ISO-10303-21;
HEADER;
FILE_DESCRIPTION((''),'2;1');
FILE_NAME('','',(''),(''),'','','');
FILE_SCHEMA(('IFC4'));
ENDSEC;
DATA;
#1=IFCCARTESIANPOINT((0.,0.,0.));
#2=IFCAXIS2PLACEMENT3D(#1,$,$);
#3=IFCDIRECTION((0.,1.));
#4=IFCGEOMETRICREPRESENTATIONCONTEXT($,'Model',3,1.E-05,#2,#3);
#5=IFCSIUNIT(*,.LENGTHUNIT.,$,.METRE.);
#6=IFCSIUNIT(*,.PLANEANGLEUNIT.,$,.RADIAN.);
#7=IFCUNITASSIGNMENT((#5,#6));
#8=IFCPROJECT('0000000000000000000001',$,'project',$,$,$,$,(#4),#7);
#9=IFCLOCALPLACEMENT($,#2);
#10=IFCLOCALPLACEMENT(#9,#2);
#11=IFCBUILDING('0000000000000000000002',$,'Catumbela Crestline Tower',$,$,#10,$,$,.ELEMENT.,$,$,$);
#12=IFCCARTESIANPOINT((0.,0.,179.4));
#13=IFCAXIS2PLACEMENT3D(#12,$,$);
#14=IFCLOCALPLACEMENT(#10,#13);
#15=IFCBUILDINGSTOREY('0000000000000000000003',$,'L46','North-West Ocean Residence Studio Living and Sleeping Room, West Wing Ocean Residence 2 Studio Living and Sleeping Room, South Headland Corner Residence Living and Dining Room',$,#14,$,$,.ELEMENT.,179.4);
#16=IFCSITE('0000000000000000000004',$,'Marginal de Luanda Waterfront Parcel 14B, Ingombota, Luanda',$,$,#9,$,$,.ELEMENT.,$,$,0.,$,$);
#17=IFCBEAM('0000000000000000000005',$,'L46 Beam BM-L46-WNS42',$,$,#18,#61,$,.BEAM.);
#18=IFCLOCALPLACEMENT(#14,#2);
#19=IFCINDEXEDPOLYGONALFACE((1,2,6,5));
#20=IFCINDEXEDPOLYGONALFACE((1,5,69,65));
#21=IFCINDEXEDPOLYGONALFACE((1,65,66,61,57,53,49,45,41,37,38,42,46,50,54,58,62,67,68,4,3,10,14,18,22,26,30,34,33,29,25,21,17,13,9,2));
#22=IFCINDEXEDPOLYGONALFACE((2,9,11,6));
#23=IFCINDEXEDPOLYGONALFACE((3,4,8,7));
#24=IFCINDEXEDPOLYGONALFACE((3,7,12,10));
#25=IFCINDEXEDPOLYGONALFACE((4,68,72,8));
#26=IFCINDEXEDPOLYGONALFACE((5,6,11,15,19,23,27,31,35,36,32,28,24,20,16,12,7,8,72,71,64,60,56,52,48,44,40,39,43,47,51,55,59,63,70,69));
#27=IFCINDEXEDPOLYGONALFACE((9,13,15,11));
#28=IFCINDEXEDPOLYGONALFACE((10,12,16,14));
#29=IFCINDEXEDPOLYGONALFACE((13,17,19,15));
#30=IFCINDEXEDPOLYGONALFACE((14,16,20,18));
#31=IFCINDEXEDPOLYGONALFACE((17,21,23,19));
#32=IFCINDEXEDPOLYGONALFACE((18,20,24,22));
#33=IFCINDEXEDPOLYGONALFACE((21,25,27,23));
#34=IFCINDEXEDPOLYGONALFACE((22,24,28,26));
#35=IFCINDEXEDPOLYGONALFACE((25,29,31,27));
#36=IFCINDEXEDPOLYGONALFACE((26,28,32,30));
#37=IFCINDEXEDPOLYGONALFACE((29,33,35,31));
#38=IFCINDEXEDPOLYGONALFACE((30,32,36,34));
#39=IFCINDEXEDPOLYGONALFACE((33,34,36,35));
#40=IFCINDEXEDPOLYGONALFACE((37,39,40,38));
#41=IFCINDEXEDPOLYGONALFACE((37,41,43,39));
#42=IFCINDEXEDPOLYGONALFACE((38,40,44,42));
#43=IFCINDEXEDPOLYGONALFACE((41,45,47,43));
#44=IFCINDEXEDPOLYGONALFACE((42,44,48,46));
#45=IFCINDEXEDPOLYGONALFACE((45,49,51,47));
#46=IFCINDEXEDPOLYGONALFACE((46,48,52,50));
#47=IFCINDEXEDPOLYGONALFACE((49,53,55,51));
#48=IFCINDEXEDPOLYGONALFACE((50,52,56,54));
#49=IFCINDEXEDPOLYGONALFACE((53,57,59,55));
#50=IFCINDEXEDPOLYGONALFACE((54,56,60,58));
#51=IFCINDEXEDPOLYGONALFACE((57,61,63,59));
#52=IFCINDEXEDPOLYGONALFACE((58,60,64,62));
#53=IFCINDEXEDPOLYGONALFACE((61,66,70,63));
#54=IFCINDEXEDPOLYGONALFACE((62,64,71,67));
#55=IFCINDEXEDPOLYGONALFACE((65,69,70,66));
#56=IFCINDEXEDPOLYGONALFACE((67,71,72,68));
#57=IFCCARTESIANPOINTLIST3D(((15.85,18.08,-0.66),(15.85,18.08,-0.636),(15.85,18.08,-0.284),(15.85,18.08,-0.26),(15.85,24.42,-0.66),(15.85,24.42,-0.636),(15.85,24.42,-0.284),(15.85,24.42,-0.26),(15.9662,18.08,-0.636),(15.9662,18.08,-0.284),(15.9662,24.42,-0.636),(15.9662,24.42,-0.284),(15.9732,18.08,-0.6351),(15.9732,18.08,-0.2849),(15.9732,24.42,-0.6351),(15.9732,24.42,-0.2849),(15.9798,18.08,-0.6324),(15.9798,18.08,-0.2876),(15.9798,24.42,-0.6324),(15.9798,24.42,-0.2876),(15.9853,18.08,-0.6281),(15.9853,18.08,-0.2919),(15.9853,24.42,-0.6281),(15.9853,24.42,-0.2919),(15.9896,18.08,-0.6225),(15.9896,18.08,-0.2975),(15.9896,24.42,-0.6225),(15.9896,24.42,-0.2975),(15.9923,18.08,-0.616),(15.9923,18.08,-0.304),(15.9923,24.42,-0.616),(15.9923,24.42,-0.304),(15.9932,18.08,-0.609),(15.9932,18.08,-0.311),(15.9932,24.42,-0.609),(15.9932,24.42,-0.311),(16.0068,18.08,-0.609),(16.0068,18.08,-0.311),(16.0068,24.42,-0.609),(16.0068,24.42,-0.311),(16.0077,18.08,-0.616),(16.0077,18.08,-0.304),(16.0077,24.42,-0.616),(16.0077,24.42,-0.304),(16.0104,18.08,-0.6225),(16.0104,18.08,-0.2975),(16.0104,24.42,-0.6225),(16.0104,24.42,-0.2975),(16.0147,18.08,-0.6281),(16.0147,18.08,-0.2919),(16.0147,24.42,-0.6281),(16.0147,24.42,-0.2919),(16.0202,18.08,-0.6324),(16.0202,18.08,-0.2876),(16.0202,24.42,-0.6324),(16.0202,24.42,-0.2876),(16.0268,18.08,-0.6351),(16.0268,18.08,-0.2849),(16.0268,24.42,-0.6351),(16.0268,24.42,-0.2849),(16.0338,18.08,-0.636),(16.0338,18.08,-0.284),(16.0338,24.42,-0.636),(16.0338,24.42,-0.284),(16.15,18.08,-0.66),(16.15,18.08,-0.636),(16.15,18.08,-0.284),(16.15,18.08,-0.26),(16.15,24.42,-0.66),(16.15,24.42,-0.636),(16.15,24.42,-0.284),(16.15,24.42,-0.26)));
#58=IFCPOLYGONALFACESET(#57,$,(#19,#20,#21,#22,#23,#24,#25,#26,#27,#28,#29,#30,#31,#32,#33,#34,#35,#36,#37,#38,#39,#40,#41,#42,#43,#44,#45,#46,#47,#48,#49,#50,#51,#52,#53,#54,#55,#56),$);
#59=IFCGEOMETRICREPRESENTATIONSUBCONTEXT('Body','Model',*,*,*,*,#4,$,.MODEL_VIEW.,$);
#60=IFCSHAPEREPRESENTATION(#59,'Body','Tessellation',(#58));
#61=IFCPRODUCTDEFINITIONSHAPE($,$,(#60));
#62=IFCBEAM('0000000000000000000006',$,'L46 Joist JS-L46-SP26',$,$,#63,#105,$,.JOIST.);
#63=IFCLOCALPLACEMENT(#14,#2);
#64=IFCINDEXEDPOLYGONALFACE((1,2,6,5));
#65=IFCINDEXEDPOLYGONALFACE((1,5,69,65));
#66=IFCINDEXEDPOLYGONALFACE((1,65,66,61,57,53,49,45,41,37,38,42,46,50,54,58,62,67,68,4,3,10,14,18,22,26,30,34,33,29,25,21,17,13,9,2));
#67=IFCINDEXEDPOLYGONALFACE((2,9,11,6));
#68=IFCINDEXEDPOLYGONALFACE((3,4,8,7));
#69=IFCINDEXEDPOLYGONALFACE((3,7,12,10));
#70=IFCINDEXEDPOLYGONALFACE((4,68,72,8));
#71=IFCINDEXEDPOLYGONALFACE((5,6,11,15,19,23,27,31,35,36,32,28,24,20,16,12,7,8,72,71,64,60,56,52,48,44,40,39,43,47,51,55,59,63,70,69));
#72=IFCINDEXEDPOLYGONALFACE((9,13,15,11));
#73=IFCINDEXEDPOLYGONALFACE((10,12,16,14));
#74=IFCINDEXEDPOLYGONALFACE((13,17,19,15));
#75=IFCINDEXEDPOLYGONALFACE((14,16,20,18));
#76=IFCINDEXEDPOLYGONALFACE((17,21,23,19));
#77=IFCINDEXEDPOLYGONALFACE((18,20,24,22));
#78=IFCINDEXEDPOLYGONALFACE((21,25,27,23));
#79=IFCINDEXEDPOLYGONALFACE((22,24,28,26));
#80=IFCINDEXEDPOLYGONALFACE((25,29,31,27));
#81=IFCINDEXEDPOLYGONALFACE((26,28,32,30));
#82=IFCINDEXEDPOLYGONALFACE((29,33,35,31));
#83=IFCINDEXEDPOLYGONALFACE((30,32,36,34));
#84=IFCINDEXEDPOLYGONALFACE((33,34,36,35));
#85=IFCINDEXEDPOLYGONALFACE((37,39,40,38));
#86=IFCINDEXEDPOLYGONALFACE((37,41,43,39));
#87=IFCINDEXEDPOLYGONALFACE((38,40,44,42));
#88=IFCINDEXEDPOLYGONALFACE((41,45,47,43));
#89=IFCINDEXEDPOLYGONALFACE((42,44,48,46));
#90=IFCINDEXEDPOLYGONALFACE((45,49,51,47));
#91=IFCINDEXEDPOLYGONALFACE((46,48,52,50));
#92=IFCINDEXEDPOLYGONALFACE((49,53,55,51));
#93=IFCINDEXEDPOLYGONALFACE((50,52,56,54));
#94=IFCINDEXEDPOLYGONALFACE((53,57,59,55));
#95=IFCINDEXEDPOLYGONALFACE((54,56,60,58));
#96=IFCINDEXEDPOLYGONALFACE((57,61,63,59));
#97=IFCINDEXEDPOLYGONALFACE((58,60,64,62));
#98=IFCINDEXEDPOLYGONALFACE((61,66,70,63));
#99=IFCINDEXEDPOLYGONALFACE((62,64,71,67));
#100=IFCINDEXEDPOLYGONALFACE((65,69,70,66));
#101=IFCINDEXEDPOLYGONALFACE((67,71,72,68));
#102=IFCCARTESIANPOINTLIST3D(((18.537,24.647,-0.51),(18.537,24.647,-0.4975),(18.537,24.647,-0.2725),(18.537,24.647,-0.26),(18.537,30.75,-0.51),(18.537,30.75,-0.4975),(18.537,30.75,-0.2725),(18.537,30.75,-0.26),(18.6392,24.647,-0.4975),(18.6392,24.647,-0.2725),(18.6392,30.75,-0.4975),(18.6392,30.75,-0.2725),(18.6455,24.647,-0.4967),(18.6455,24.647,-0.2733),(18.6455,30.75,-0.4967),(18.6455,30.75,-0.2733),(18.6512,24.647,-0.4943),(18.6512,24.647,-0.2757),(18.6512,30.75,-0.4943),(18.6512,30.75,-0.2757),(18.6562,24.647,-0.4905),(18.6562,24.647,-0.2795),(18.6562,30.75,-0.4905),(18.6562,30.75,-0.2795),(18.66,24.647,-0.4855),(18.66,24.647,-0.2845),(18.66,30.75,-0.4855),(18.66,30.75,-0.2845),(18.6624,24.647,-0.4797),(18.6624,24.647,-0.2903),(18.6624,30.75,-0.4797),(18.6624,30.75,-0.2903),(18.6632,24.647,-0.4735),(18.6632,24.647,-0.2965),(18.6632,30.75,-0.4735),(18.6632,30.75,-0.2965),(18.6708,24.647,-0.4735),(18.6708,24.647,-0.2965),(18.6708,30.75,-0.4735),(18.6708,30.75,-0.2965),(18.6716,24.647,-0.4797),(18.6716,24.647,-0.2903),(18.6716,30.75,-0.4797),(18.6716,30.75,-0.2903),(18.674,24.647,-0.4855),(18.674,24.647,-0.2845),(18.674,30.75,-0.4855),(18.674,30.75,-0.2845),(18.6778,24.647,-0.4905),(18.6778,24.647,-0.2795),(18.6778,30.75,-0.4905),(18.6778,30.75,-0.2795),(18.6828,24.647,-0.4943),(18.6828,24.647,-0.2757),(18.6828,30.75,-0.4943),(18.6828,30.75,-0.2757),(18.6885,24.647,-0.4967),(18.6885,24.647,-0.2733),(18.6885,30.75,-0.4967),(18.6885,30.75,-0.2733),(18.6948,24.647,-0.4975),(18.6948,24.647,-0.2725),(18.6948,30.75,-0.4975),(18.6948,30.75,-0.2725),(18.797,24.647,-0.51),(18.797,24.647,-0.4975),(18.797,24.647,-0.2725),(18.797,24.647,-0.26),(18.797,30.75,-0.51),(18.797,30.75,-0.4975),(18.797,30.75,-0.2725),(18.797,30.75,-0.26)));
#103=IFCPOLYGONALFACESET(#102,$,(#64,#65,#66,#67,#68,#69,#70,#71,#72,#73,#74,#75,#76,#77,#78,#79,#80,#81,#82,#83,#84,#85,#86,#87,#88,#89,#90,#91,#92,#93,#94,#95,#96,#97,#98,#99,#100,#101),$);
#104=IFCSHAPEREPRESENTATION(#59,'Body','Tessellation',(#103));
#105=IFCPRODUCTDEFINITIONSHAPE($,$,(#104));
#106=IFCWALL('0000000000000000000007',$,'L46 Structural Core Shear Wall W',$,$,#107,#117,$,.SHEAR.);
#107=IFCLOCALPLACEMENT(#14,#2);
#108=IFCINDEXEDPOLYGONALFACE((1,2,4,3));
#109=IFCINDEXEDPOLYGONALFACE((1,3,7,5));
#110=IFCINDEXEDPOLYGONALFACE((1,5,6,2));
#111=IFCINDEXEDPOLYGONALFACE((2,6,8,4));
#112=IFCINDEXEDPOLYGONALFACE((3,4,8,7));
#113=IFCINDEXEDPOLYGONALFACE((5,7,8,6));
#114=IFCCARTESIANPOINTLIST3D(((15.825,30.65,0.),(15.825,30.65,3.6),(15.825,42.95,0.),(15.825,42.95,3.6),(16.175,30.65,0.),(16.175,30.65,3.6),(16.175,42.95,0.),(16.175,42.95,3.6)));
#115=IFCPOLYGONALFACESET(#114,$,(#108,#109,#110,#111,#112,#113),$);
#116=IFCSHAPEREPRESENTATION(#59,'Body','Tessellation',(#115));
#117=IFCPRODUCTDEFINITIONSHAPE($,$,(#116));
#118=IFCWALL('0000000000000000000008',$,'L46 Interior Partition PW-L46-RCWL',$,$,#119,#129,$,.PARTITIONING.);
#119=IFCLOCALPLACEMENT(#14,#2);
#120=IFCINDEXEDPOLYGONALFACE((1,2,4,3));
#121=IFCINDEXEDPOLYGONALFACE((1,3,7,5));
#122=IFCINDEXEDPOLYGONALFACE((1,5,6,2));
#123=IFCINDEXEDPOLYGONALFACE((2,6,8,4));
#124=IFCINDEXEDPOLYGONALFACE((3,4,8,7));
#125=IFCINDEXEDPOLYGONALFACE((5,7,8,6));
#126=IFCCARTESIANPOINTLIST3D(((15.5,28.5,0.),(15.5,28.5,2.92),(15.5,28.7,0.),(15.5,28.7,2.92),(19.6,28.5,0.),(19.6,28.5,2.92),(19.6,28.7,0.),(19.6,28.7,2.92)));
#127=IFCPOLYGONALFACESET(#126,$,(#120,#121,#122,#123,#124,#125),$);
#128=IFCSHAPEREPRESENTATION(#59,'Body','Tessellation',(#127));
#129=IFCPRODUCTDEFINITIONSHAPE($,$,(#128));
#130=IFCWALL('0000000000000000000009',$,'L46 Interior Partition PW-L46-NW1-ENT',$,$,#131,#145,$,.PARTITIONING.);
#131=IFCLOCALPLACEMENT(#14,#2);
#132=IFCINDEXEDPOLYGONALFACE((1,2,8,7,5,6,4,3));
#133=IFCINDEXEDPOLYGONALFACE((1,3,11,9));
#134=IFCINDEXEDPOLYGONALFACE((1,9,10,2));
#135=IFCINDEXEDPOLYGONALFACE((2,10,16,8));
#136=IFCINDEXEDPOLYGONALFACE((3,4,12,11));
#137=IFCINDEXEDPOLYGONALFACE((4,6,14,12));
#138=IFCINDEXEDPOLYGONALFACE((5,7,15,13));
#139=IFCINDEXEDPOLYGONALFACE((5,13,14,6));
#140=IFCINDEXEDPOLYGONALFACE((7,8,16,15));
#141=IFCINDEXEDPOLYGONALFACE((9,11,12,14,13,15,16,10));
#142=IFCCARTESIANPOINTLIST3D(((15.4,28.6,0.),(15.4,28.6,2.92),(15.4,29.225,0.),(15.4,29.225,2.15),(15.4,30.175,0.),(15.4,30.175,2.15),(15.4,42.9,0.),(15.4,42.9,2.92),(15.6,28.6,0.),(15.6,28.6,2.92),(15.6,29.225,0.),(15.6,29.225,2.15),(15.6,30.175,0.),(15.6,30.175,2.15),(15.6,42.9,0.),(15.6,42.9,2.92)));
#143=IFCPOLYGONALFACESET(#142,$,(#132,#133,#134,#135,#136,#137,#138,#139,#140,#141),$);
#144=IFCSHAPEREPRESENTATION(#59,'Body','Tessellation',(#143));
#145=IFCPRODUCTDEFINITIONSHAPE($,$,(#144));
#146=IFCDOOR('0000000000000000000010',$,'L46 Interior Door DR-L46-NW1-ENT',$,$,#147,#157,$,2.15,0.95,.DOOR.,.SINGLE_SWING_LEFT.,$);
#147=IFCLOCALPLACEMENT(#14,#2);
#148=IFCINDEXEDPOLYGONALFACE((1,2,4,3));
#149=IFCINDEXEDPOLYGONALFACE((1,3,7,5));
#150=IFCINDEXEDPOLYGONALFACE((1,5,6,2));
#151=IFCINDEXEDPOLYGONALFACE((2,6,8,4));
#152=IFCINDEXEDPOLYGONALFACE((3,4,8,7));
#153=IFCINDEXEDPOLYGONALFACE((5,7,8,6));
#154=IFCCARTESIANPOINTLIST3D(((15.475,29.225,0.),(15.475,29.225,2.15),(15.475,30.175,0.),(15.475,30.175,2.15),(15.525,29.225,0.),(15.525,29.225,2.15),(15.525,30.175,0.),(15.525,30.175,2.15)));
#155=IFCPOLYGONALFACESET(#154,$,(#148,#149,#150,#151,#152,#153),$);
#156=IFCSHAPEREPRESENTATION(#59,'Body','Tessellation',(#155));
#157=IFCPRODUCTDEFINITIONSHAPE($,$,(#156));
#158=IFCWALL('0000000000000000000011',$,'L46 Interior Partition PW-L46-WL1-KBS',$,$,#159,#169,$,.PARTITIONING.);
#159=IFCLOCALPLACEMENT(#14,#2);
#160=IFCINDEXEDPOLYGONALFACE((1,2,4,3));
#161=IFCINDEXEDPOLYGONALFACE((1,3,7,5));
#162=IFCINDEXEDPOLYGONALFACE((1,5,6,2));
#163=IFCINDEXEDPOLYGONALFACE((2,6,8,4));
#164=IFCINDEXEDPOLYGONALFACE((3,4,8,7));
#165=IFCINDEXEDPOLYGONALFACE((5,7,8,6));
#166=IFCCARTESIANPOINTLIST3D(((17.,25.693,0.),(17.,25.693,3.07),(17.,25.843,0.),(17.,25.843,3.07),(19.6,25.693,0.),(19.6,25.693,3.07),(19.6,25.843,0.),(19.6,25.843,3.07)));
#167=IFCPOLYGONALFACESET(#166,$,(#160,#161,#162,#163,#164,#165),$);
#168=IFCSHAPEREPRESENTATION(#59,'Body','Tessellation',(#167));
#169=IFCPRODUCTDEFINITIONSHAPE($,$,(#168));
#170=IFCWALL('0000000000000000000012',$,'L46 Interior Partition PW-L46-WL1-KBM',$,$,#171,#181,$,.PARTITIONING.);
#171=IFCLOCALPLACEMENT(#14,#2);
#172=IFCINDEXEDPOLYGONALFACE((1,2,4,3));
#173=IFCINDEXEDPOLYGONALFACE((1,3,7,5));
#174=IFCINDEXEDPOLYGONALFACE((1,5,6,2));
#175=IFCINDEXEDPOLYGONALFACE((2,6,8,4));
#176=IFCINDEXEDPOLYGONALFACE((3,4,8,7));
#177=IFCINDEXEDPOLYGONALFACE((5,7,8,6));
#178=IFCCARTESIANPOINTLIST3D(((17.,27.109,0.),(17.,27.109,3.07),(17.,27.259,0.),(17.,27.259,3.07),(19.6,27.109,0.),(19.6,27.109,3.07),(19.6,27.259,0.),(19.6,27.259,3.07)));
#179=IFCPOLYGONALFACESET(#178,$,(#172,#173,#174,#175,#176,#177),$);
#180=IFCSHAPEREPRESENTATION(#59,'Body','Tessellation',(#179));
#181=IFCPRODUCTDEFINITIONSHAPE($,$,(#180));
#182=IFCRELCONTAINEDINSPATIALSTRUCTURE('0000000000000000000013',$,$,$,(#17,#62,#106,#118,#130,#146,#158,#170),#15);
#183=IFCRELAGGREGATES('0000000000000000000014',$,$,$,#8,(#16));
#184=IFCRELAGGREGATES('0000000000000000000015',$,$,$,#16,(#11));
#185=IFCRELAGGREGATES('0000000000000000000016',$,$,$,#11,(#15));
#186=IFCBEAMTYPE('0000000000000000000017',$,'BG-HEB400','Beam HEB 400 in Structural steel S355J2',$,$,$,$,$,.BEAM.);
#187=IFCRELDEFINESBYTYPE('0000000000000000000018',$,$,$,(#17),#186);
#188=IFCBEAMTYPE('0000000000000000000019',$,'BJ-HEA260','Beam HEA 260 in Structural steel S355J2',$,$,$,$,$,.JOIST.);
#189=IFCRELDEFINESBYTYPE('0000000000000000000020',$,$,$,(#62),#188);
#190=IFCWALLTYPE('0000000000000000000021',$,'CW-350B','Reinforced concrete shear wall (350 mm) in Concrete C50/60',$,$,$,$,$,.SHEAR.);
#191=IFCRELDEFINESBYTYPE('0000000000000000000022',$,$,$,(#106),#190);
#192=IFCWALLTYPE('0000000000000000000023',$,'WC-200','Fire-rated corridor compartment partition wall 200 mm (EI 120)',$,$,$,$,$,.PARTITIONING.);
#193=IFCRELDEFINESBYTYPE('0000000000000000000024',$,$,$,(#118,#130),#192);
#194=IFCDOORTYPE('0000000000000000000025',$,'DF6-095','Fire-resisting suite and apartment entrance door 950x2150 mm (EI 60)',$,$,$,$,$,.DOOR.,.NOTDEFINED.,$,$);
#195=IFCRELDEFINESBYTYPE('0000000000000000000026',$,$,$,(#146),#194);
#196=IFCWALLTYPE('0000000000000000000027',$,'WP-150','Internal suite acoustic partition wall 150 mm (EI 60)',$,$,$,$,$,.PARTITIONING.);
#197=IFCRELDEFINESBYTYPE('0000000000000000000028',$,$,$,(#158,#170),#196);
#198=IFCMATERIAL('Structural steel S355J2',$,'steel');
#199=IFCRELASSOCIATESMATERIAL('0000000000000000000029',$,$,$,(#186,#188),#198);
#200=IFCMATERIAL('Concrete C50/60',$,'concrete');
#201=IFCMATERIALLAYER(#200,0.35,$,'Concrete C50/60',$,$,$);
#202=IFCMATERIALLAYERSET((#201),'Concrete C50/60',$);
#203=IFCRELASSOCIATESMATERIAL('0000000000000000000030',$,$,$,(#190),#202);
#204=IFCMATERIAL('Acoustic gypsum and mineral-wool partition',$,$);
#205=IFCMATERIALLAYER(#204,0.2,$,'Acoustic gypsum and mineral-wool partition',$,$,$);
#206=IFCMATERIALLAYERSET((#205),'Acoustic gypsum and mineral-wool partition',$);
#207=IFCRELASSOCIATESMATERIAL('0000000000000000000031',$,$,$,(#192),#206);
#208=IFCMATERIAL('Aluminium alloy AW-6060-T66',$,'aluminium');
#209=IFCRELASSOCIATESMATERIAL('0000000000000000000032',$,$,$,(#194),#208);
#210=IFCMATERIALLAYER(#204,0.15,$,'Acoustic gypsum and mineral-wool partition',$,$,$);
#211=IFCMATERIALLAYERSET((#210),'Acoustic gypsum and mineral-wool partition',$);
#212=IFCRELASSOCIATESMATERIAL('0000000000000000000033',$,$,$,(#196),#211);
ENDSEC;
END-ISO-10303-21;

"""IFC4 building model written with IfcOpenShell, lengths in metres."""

from ifc_helpers import new_model, si_unit, direction, frame, frame_2d, origin, origin_2d, place, context, subcontext, project, spatial, rectangle, i_section, extrude, material, layer, layer_set, material_profile, profile_set, type_object, element, fill, save


model = new_model("IFC4")

# Units and contexts
model_context = context("Model", 3, precision=1e-05, world=origin(), true_north=direction((0.0, 1.0)))
body_context = subcontext(model_context, "Body", "Model", "MODEL_VIEW")
ifc_project = project(units=[si_unit("LENGTHUNIT", "METRE"), si_unit("PLANEANGLEUNIT", "RADIAN")], contexts=[model_context])

# Site, building, storey
site_placement = place(None, origin())
site = spatial("IfcSite", under=ifc_project, at=site_placement, Name="Marginal de Luanda Waterfront Parcel 14B, Ingombota, Luanda", CompositionType="ELEMENT", RefElevation=0.0)
building_placement = place(site_placement, origin())
building = spatial("IfcBuilding", under=site, at=building_placement, Name="Catumbela Crestline Tower", CompositionType="ELEMENT")
storey_placement = place(building_placement, frame((0.0, 0.0, 179.4)))
storey = spatial("IfcBuildingStorey", under=building, at=storey_placement, Name="L46", Description="North-West Ocean Residence Studio Living and Sleeping Room, West Wing Ocean Residence 2 Studio Living and Sleeping Room, South Headland Corner Residence Living and Dining Room", CompositionType="ELEMENT", Elevation=179.4)

# Shared definitions
ifc_material_1 = material(Name="Concrete C50/60", Category="concrete")

# Beams
ifc_material_2 = material(Name="Structural steel S355J2", Category="steel")
ifc_material_profile_1 = material_profile(ifc_material_2, i_section(OverallWidth=0.3, OverallDepth=0.4, WebThickness=0.0135, FlangeThickness=0.024, FilletRadius=0.027, at=origin_2d()), Name="HEB 400")
ifc_profile_set_1 = profile_set([ifc_material_profile_1], Name="Structural steel S355J2")
beam_type_1 = type_object("IfcBeamType", Name="BG-HEB400", Description="Beam HEB 400 in Structural steel S355J2", PredefinedType="BEAM", material=ifc_profile_set_1)
beam_1_placement = place(storey_placement, frame((16.0, 18.08, -0.46), z_axis=(0.0, 1.0, 0.0), x_axis=(-1.0, 0.0, 0.0)))
element("IfcBeam", 1, at=beam_1_placement, inside=storey, type_object=beam_type_1, Name="L46 Beam BM-L46-WNS42", PredefinedType="BEAM", context=body_context, shape_type="SweptSolid", body=[
    extrude(i_section(OverallWidth=0.3, OverallDepth=0.4, WebThickness=0.0135, FlangeThickness=0.024, FilletRadius=0.027, at=origin_2d()), origin(), (0.0, 0.0, 1.0), 6.34),
])
ifc_material_profile_2 = material_profile(ifc_material_2, i_section(OverallWidth=0.26, OverallDepth=0.25, WebThickness=0.0075, FlangeThickness=0.0125, FilletRadius=0.024, at=origin_2d()), Name="HEA 260")
ifc_profile_set_2 = profile_set([ifc_material_profile_2], Name="Structural steel S355J2")
beam_type_2 = type_object("IfcBeamType", Name="BJ-HEA260", Description="Beam HEA 260 in Structural steel S355J2", PredefinedType="JOIST", material=ifc_profile_set_2)
beam_2_placement = place(storey_placement, frame((18.667, 24.647, -0.385), z_axis=(0.0, 1.0, 0.0), x_axis=(-1.0, 0.0, 0.0)))
element("IfcBeam", 2, at=beam_2_placement, inside=storey, type_object=beam_type_2, Name="L46 Joist JS-L46-SP26", PredefinedType="JOIST", context=body_context, shape_type="SweptSolid", body=[
    extrude(i_section(OverallWidth=0.26, OverallDepth=0.25, WebThickness=0.0075, FlangeThickness=0.0125, FilletRadius=0.024, at=origin_2d()), origin(), (0.0, 0.0, 1.0), 6.103),
])

# Walls
ifc_layer_1 = layer(ifc_material_1, 0.35, Name="Concrete C50/60")
ifc_layer_set_1 = layer_set([ifc_layer_1], Name="Concrete C50/60")
wall_type_1 = type_object("IfcWallType", Name="CW-350B", Description="Reinforced concrete shear wall (350 mm) in Concrete C50/60", PredefinedType="SHEAR", material=ifc_layer_set_1)
wall_1_placement = place(storey_placement, frame((16.0, 30.65, 0.0), z_axis=(0.0, 0.0, 1.0), x_axis=(0.0, 1.0, 0.0)))
element("IfcWall", 3, at=wall_1_placement, inside=storey, type_object=wall_type_1, Name="L46 Structural Core Shear Wall W", PredefinedType="SHEAR", context=body_context, shape_type="SweptSolid", body=[
    extrude(rectangle(XDim=12.3, YDim=0.35, at=frame_2d((6.15, 0.0))), origin(), (0.0, 0.0, 1.0), 3.6),
])
ifc_material_3 = material(Name="Acoustic gypsum and mineral-wool partition")
ifc_layer_2 = layer(ifc_material_3, 0.2, Name="Acoustic gypsum and mineral-wool partition")
ifc_layer_set_2 = layer_set([ifc_layer_2], Name="Acoustic gypsum and mineral-wool partition")
wall_type_2 = type_object("IfcWallType", Name="WC-200", Description="Fire-rated corridor compartment partition wall 200 mm (EI 120)", PredefinedType="PARTITIONING", material=ifc_layer_set_2)
wall_2_placement = place(storey_placement, frame((15.5, 28.6, 0.0), z_axis=(0.0, 0.0, 1.0), x_axis=(1.0, 0.0, 0.0)))
element("IfcWall", 4, at=wall_2_placement, inside=storey, type_object=wall_type_2, Name="L46 Interior Partition PW-L46-RCWL", PredefinedType="PARTITIONING", context=body_context, shape_type="SweptSolid", body=[
    extrude(rectangle(XDim=4.1, YDim=0.2, at=frame_2d((2.05, 0.0))), origin(), (0.0, 0.0, 1.0), 2.92),
])

# Wall, opening, door
wall_3_placement = place(storey_placement, frame((15.5, 28.6, 0.0), z_axis=(0.0, 0.0, 1.0), x_axis=(0.0, 1.0, 0.0)))
wall_3 = element("IfcWall", 5, at=wall_3_placement, inside=storey, type_object=wall_type_2, Name="L46 Interior Partition PW-L46-NW1-ENT", PredefinedType="PARTITIONING", context=body_context, shape_type="SweptSolid", body=[
    extrude(rectangle(XDim=14.3, YDim=0.2, at=frame_2d((7.15, 0.0))), origin(), (0.0, 0.0, 1.0), 2.92),
])
opening_1_placement = place(wall_3_placement, frame((0.625, 0.0, 0.0)))
opening_1 = element("IfcOpeningElement", 6, at=opening_1_placement, cuts=wall_3, PredefinedType="OPENING", context=body_context, shape_type="SweptSolid", body=[
    extrude(rectangle(XDim=0.95, YDim=2.15, at=frame_2d((0.475, 1.075))), frame((0.0, 0.11, 0.0), z_axis=(0.0, -1.0, 0.0), x_axis=(1.0, 0.0, 0.0)), (0.0, 0.0, 1.0), 0.22),
])
ifc_material_4 = material(Name="Aluminium alloy AW-6060-T66", Category="aluminium")
door_type_1 = type_object("IfcDoorType", Name="DF6-095", Description="Fire-resisting suite and apartment entrance door 950x2150 mm (EI 60)", OperationType="NOTDEFINED", PredefinedType="DOOR", material=ifc_material_4)
door_1_placement = place(opening_1_placement, origin())
door_1 = element("IfcDoor", 7, at=door_1_placement, inside=storey, type_object=door_type_1, Name="L46 Interior Door DR-L46-NW1-ENT", OperationType="SINGLE_SWING_LEFT", OverallHeight=2.15, OverallWidth=0.95, PredefinedType="DOOR", context=body_context, shape_type="SweptSolid", body=[
    extrude(rectangle(XDim=0.95, YDim=2.15, at=frame_2d((0.475, 1.075))), frame((0.0, 0.025, 0.0), z_axis=(0.0, -1.0, 0.0), x_axis=(1.0, 0.0, 0.0)), (0.0, 0.0, 1.0), 0.05),
])
fill(opening_1, door_1)

# Walls
ifc_layer_3 = layer(ifc_material_3, 0.15, Name="Acoustic gypsum and mineral-wool partition")
ifc_layer_set_3 = layer_set([ifc_layer_3], Name="Acoustic gypsum and mineral-wool partition")
wall_type_3 = type_object("IfcWallType", Name="WP-150", Description="Internal suite acoustic partition wall 150 mm (EI 60)", PredefinedType="PARTITIONING", material=ifc_layer_set_3)
for number, where, z_axis, x_axis, name in (
    (8, (17.0, 25.768, 0.0), (0.0, 0.0, 1.0), (1.0, 0.0, 0.0), "L46 Interior Partition PW-L46-WL1-KBS"),
    (9, (17.0, 27.184, 0.0), (0.0, 0.0, 1.0), (1.0, 0.0, 0.0), "L46 Interior Partition PW-L46-WL1-KBM"),
):
    element("IfcWall", number, at=place(storey_placement, frame(where, z_axis=z_axis, x_axis=x_axis)), inside=storey, type_object=wall_type_3, Name=name, PredefinedType="PARTITIONING", context=body_context, shape_type="SweptSolid", body=[
        extrude(rectangle(XDim=2.6, YDim=0.15, at=frame_2d((1.3, 0.0))), origin(), (0.0, 0.0, 1.0), 3.07),
    ])

save(model, "model.ifc")
